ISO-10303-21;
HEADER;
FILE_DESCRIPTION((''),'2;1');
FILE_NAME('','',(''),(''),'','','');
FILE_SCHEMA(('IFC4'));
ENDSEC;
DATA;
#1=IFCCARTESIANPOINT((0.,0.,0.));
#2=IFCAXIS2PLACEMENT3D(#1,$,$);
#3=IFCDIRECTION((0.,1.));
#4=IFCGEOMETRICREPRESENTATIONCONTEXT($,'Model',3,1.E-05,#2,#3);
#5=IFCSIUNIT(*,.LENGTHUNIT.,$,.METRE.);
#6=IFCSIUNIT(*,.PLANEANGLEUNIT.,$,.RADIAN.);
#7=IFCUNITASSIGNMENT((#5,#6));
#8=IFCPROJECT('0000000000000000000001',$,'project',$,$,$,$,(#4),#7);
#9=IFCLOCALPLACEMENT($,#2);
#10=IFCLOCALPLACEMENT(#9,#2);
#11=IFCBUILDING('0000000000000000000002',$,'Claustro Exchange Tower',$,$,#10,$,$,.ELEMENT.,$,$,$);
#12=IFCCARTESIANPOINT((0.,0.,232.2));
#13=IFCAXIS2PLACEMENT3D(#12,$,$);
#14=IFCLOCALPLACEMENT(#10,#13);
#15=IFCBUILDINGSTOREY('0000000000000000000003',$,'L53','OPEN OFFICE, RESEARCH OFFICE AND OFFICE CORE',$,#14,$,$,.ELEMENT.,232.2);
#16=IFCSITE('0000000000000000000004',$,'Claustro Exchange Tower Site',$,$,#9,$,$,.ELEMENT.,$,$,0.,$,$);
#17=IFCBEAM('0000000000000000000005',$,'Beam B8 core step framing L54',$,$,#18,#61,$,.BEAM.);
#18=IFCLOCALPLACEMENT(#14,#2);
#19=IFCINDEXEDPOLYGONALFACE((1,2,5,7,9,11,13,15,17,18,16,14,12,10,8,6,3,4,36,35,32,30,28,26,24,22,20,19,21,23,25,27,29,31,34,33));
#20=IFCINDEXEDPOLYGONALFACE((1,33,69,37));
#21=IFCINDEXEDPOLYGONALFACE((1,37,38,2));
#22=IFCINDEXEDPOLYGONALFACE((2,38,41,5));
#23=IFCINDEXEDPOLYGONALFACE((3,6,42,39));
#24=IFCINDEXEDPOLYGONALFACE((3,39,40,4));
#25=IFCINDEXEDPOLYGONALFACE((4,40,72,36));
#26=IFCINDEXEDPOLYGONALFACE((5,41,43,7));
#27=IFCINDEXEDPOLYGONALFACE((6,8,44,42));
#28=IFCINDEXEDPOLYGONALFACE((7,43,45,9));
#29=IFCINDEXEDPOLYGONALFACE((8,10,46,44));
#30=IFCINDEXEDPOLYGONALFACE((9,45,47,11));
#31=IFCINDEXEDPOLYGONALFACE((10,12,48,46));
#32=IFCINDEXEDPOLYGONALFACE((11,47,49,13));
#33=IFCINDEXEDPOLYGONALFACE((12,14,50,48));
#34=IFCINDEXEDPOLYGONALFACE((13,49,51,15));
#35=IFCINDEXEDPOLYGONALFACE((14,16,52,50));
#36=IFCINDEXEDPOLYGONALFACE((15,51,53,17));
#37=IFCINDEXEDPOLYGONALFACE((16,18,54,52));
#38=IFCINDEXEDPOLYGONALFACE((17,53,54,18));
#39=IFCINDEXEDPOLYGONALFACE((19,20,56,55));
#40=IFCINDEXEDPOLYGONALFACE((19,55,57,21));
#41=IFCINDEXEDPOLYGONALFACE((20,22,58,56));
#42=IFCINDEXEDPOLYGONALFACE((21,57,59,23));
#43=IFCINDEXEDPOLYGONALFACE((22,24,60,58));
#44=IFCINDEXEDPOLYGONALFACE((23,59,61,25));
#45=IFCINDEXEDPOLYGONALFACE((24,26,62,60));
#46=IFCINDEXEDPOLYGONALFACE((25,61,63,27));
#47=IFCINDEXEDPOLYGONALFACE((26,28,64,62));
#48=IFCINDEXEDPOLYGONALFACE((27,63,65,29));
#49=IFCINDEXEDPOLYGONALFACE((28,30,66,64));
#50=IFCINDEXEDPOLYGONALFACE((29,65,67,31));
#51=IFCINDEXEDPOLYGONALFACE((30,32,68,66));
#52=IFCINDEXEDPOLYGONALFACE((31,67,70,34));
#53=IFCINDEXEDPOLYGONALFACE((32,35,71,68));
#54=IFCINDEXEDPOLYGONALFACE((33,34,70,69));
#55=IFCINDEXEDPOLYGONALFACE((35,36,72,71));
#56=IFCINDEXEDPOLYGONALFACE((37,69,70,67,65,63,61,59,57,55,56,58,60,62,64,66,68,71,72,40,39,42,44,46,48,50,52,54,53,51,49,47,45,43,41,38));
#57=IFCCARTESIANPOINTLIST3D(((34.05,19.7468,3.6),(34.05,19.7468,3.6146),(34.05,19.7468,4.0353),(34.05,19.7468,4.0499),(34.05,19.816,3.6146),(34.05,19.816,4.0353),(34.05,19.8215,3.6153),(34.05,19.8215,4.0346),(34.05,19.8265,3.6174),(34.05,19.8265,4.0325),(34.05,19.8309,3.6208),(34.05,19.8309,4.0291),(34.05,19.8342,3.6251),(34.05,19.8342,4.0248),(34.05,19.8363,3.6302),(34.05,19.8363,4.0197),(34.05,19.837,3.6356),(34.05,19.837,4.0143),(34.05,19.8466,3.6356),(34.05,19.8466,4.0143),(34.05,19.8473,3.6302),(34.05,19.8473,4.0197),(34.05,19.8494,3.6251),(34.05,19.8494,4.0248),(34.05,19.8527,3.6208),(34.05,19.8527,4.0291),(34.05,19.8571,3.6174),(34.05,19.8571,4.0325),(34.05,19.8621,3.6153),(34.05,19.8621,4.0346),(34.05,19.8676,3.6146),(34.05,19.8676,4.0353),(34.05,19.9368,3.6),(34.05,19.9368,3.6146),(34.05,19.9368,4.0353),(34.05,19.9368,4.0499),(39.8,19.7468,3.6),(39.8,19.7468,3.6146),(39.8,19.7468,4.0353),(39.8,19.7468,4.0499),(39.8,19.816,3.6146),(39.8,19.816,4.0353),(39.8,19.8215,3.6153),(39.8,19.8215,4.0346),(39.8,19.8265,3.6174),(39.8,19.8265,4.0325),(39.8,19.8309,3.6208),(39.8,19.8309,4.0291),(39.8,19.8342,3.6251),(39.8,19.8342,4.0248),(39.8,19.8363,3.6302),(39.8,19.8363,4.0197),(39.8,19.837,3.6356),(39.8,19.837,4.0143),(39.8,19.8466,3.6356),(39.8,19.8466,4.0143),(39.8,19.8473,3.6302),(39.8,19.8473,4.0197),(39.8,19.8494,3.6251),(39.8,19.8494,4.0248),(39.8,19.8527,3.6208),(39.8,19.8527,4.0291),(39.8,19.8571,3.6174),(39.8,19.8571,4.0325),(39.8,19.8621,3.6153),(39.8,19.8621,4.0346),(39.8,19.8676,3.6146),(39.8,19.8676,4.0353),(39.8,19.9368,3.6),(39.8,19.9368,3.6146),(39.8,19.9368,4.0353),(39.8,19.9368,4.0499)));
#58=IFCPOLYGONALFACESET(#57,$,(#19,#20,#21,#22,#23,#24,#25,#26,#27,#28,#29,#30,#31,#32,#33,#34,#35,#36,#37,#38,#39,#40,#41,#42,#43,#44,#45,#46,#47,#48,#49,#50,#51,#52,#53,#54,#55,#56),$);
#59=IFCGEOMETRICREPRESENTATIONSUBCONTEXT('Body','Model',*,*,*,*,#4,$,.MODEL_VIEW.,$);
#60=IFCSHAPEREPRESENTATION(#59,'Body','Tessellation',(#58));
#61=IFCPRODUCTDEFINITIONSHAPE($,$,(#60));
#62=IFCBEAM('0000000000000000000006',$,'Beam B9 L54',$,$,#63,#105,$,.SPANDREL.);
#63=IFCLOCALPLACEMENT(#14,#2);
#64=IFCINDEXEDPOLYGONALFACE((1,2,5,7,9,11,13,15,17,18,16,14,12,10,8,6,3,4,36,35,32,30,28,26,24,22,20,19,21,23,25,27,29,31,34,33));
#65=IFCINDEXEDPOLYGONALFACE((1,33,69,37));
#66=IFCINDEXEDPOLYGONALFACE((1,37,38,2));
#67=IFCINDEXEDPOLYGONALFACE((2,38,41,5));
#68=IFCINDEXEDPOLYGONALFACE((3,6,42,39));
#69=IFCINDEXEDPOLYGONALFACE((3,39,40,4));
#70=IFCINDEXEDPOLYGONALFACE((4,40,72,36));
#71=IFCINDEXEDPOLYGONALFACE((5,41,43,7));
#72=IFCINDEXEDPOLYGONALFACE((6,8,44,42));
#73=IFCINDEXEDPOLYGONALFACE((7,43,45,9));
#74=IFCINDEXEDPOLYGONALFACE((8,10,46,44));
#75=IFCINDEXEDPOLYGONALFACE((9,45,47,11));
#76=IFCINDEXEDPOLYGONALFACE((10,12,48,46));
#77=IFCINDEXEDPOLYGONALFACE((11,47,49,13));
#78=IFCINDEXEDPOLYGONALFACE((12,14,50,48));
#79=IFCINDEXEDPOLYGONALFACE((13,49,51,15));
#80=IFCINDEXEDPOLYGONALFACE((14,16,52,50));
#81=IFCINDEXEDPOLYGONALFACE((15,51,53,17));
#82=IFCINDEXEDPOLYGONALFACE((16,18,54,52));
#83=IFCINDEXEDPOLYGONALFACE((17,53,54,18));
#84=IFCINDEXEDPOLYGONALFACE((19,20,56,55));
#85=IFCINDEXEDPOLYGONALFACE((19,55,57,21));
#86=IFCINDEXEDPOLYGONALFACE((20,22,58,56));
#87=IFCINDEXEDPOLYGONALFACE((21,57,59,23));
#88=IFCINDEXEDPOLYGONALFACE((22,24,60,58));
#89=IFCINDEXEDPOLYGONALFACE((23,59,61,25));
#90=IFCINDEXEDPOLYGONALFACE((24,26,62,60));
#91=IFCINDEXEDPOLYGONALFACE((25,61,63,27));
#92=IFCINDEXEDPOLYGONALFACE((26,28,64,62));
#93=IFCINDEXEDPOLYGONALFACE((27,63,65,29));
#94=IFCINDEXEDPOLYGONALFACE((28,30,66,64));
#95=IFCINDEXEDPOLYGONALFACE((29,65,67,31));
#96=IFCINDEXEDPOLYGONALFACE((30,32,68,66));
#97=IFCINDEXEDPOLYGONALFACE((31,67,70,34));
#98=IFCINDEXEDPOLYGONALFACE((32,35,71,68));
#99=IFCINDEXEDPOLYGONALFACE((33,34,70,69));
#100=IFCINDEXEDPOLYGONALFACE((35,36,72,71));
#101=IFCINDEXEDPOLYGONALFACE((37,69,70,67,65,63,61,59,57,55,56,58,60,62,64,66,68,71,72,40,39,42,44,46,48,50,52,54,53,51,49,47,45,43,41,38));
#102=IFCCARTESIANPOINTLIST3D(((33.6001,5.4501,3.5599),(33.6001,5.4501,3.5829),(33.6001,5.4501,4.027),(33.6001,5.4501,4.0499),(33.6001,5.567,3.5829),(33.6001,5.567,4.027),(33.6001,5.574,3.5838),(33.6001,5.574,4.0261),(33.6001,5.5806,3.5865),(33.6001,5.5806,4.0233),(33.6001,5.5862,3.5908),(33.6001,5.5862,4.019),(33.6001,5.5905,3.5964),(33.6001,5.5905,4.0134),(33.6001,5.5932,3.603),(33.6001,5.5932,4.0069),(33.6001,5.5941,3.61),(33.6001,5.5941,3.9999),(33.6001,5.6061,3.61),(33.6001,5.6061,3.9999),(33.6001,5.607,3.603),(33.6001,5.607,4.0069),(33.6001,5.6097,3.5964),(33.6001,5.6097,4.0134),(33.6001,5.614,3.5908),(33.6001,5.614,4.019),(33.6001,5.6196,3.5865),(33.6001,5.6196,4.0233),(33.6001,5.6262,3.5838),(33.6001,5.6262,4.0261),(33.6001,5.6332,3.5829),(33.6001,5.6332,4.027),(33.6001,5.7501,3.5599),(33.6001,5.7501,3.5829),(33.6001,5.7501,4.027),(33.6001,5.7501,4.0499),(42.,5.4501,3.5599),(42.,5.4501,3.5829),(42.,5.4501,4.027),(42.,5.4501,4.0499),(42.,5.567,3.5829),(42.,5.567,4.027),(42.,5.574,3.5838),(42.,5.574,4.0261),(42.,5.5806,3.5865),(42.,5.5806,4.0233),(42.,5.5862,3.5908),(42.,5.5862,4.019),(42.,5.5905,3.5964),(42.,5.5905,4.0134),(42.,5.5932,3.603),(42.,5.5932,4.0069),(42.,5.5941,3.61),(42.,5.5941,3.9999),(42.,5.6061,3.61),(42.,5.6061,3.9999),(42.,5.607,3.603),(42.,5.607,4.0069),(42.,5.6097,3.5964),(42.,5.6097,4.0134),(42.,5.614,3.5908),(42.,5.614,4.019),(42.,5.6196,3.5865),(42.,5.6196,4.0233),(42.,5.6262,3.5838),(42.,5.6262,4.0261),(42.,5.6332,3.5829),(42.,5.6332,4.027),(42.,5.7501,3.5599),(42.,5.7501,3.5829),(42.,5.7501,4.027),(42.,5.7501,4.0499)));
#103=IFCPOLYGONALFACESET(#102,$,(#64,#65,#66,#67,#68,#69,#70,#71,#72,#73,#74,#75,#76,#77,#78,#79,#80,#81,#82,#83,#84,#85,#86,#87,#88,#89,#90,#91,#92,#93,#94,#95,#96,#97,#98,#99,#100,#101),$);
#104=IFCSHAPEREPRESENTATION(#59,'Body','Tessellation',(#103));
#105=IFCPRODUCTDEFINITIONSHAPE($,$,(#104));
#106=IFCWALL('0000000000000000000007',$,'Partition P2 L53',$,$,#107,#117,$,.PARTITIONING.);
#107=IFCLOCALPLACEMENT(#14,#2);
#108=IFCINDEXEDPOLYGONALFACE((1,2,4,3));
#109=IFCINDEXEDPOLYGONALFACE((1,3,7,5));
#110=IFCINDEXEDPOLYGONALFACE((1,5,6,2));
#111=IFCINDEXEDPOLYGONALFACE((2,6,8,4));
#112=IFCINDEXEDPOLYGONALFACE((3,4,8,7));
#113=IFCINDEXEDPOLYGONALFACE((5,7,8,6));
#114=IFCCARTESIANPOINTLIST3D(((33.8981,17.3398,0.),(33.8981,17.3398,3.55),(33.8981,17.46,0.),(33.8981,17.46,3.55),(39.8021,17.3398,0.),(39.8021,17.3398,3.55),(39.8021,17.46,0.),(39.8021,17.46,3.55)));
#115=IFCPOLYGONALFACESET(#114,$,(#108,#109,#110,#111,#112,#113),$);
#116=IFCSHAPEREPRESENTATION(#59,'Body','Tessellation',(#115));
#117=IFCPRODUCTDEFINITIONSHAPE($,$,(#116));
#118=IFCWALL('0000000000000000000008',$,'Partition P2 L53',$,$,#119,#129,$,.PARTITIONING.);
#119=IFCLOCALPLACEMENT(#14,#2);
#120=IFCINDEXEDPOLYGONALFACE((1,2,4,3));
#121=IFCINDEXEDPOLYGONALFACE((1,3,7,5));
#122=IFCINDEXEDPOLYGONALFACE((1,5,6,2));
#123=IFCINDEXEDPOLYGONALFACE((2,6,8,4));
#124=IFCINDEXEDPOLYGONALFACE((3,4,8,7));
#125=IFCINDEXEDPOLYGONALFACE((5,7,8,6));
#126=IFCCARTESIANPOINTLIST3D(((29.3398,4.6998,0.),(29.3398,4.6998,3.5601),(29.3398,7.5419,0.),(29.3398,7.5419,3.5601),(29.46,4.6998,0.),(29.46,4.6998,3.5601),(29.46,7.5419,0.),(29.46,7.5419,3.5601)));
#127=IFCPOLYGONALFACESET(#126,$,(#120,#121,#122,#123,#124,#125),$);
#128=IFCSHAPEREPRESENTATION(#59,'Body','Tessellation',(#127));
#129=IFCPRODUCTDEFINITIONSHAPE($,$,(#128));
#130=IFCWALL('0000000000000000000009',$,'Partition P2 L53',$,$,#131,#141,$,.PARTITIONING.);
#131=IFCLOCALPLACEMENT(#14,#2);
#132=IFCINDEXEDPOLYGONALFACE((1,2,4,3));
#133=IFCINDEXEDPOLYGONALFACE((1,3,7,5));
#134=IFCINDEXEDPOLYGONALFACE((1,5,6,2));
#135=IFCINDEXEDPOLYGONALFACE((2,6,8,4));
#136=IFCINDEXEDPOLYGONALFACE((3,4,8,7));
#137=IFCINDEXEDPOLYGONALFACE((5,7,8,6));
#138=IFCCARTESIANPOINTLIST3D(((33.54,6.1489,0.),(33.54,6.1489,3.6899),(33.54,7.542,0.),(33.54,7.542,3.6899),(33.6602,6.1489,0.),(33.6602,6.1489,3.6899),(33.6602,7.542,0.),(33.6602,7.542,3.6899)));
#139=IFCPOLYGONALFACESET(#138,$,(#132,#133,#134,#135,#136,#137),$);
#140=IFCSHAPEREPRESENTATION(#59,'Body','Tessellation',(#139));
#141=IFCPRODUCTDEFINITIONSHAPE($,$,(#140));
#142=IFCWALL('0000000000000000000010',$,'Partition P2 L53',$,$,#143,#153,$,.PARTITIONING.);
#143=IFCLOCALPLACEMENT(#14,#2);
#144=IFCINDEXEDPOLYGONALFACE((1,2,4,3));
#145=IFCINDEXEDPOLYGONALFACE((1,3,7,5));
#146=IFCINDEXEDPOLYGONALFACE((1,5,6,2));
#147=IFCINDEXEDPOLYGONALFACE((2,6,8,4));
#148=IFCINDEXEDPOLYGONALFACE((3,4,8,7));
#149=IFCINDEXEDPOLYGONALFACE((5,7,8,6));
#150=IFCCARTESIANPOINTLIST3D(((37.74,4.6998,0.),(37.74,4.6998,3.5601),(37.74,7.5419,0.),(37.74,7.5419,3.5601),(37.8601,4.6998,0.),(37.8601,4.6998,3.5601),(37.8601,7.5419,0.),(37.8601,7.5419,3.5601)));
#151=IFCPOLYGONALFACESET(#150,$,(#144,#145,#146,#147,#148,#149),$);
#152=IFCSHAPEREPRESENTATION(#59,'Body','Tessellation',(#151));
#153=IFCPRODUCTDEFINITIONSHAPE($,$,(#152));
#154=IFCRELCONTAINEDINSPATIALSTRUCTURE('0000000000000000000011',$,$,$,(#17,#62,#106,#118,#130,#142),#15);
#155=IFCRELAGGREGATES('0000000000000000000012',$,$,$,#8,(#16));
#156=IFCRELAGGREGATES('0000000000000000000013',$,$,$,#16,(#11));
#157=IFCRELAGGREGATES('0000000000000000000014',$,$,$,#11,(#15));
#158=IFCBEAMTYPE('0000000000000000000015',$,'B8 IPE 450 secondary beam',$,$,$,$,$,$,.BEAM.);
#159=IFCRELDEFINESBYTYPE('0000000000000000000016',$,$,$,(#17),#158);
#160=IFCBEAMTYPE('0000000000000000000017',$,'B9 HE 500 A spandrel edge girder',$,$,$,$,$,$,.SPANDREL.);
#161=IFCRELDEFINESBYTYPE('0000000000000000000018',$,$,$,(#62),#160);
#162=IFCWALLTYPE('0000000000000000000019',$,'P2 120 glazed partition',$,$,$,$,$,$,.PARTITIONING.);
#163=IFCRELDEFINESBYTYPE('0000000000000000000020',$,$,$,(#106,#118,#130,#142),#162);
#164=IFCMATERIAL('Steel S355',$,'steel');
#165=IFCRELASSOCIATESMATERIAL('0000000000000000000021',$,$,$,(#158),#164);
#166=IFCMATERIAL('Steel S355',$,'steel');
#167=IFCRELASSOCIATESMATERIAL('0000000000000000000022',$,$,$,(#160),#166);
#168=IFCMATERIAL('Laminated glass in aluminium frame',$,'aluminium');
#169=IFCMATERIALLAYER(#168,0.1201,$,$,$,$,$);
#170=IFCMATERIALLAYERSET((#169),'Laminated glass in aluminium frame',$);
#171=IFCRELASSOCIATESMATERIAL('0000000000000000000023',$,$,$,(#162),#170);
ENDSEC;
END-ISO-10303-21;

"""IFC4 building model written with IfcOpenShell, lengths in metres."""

from ifc_helpers import new_model, si_unit, direction, frame, frame_2d, origin, origin_2d, place, context, subcontext, project, spatial, rectangle, i_section, extrude, material, layer, layer_set, material_profile, profile_set, type_object, element, save


model = new_model("IFC4")

# Units and contexts
model_context = context("Model", 3, precision=1e-05, world=origin(), true_north=direction((0.0, 1.0)))
body_context = subcontext(model_context, "Body", "Model", "MODEL_VIEW")
ifc_project = project(units=[si_unit("LENGTHUNIT", "METRE"), si_unit("PLANEANGLEUNIT", "RADIAN")], contexts=[model_context])

# Site, building, storey
site_placement = place(None, origin())
site = spatial("IfcSite", under=ifc_project, at=site_placement, Name="Claustro Exchange Tower Site", CompositionType="ELEMENT", RefElevation=0.0)
building_placement = place(site_placement, origin())
building = spatial("IfcBuilding", under=site, at=building_placement, Name="Claustro Exchange Tower", CompositionType="ELEMENT")
storey_placement = place(building_placement, frame((0.0, 0.0, 232.2)))
storey = spatial("IfcBuildingStorey", under=building, at=storey_placement, Name="L53", Description="OPEN OFFICE, RESEARCH OFFICE AND OFFICE CORE", CompositionType="ELEMENT", Elevation=232.2)

# Beams
ifc_material_1 = material(Name="Steel S355", Category="steel")
ifc_material_profile_1 = material_profile(ifc_material_1, i_section(OverallWidth=0.1899, OverallDepth=0.45, WebThickness=0.0095, FlangeThickness=0.0146, FilletRadius=0.021, at=origin_2d()), Name="IPE 450")
ifc_profile_set_1 = profile_set([ifc_material_profile_1], Name="Steel S355")
beam_type_1 = type_object("IfcBeamType", Name="B8 IPE 450 secondary beam", PredefinedType="BEAM", material=ifc_profile_set_1)
for number, where, z_axis, x_axis, name in (
    (1, (34.05, 19.8418, 3.825), (1.0, 0.0, 0.0), (0.0, 1.0, 0.0), "Beam B8 core step framing L54"),
):
    element("IfcBeam", number, at=place(storey_placement, frame(where, z_axis=z_axis, x_axis=x_axis)), inside=storey, type_object=beam_type_1, Name=name, PredefinedType="BEAM", context=body_context, shape_type="SweptSolid", body=[
        extrude(i_section(OverallWidth=0.1899, OverallDepth=0.45, WebThickness=0.0095, FlangeThickness=0.0146, FilletRadius=0.021, at=origin_2d()), origin(), (0.0, 0.0, 1.0), 5.75),
    ])
ifc_material_2 = material(Name="Steel S355", Category="steel")
ifc_material_profile_2 = material_profile(ifc_material_2, i_section(OverallWidth=0.3, OverallDepth=0.49, WebThickness=0.012, FlangeThickness=0.0229, FilletRadius=0.0271, at=origin_2d()), Name="HE 500 A")
ifc_profile_set_2 = profile_set([ifc_material_profile_2], Name="Steel S355")
beam_type_2 = type_object("IfcBeamType", Name="B9 HE 500 A spandrel edge girder", PredefinedType="SPANDREL", material=ifc_profile_set_2)
beam_1_placement = place(storey_placement, frame((33.6001, 5.6001, 3.8049), z_axis=(1.0, 0.0, 0.0), x_axis=(0.0, 1.0, 0.0)))
element("IfcBeam", 2, at=beam_1_placement, inside=storey, type_object=beam_type_2, Name="Beam B9 L54", PredefinedType="SPANDREL", context=body_context, shape_type="SweptSolid", body=[
    extrude(i_section(OverallWidth=0.3, OverallDepth=0.49, WebThickness=0.012, FlangeThickness=0.0229, FilletRadius=0.0271, at=origin_2d()), origin(), (0.0, 0.0, 1.0), 8.3999),
])

# Walls
ifc_material_3 = material(Name="Laminated glass in aluminium frame", Category="aluminium")
ifc_layer_1 = layer(ifc_material_3, 0.1201)
ifc_layer_set_1 = layer_set([ifc_layer_1], Name="Laminated glass in aluminium frame")
wall_type_1 = type_object("IfcWallType", Name="P2 120 glazed partition", PredefinedType="PARTITIONING", material=ifc_layer_set_1)
wall_1_placement = place(storey_placement, frame((33.8979, 17.3999, 0.0), z_axis=(0.0, 0.0, 1.0), x_axis=(1.0, 0.0, 0.0)))
element("IfcWall", 3, at=wall_1_placement, inside=storey, type_object=wall_type_1, Name="Partition P2 L53", PredefinedType="PARTITIONING", context=body_context, shape_type="SweptSolid", body=[
    extrude(rectangle(XDim=5.9041, YDim=0.1201, at=frame_2d((2.9521, 0.0))), origin(), (0.0, 0.0, 1.0), 3.55),
])
wall_2_placement = place(storey_placement, frame((29.3999, 4.7, 0.0), z_axis=(0.0, 0.0, 1.0), x_axis=(0.0, 1.0, 0.0)))
element("IfcWall", 4, at=wall_2_placement, inside=storey, type_object=wall_type_1, Name="Partition P2 L53", PredefinedType="PARTITIONING", context=body_context, shape_type="SweptSolid", body=[
    extrude(rectangle(XDim=2.842, YDim=0.1201, at=frame_2d((1.4209, 0.0))), origin(), (0.0, 0.0, 1.0), 3.5601),
])
wall_3_placement = place(storey_placement, frame((33.6001, 6.1489, 0.0), z_axis=(0.0, 0.0, 1.0), x_axis=(0.0, 1.0, 0.0)))
element("IfcWall", 5, at=wall_3_placement, inside=storey, type_object=wall_type_1, Name="Partition P2 L53", PredefinedType="PARTITIONING", context=body_context, shape_type="SweptSolid", body=[
    extrude(rectangle(XDim=1.3931, YDim=0.1201, at=frame_2d((0.6965, 0.0))), origin(), (0.0, 0.0, 1.0), 3.6899),
])
wall_4_placement = place(storey_placement, frame((37.8, 4.7, 0.0), z_axis=(0.0, 0.0, 1.0), x_axis=(0.0, 1.0, 0.0)))
element("IfcWall", 6, at=wall_4_placement, inside=storey, type_object=wall_type_1, Name="Partition P2 L53", PredefinedType="PARTITIONING", context=body_context, shape_type="SweptSolid", body=[
    extrude(rectangle(XDim=2.842, YDim=0.1201, at=frame_2d((1.4209, 0.0))), origin(), (0.0, 0.0, 1.0), 3.5601),
])

save(model, "model.ifc")
